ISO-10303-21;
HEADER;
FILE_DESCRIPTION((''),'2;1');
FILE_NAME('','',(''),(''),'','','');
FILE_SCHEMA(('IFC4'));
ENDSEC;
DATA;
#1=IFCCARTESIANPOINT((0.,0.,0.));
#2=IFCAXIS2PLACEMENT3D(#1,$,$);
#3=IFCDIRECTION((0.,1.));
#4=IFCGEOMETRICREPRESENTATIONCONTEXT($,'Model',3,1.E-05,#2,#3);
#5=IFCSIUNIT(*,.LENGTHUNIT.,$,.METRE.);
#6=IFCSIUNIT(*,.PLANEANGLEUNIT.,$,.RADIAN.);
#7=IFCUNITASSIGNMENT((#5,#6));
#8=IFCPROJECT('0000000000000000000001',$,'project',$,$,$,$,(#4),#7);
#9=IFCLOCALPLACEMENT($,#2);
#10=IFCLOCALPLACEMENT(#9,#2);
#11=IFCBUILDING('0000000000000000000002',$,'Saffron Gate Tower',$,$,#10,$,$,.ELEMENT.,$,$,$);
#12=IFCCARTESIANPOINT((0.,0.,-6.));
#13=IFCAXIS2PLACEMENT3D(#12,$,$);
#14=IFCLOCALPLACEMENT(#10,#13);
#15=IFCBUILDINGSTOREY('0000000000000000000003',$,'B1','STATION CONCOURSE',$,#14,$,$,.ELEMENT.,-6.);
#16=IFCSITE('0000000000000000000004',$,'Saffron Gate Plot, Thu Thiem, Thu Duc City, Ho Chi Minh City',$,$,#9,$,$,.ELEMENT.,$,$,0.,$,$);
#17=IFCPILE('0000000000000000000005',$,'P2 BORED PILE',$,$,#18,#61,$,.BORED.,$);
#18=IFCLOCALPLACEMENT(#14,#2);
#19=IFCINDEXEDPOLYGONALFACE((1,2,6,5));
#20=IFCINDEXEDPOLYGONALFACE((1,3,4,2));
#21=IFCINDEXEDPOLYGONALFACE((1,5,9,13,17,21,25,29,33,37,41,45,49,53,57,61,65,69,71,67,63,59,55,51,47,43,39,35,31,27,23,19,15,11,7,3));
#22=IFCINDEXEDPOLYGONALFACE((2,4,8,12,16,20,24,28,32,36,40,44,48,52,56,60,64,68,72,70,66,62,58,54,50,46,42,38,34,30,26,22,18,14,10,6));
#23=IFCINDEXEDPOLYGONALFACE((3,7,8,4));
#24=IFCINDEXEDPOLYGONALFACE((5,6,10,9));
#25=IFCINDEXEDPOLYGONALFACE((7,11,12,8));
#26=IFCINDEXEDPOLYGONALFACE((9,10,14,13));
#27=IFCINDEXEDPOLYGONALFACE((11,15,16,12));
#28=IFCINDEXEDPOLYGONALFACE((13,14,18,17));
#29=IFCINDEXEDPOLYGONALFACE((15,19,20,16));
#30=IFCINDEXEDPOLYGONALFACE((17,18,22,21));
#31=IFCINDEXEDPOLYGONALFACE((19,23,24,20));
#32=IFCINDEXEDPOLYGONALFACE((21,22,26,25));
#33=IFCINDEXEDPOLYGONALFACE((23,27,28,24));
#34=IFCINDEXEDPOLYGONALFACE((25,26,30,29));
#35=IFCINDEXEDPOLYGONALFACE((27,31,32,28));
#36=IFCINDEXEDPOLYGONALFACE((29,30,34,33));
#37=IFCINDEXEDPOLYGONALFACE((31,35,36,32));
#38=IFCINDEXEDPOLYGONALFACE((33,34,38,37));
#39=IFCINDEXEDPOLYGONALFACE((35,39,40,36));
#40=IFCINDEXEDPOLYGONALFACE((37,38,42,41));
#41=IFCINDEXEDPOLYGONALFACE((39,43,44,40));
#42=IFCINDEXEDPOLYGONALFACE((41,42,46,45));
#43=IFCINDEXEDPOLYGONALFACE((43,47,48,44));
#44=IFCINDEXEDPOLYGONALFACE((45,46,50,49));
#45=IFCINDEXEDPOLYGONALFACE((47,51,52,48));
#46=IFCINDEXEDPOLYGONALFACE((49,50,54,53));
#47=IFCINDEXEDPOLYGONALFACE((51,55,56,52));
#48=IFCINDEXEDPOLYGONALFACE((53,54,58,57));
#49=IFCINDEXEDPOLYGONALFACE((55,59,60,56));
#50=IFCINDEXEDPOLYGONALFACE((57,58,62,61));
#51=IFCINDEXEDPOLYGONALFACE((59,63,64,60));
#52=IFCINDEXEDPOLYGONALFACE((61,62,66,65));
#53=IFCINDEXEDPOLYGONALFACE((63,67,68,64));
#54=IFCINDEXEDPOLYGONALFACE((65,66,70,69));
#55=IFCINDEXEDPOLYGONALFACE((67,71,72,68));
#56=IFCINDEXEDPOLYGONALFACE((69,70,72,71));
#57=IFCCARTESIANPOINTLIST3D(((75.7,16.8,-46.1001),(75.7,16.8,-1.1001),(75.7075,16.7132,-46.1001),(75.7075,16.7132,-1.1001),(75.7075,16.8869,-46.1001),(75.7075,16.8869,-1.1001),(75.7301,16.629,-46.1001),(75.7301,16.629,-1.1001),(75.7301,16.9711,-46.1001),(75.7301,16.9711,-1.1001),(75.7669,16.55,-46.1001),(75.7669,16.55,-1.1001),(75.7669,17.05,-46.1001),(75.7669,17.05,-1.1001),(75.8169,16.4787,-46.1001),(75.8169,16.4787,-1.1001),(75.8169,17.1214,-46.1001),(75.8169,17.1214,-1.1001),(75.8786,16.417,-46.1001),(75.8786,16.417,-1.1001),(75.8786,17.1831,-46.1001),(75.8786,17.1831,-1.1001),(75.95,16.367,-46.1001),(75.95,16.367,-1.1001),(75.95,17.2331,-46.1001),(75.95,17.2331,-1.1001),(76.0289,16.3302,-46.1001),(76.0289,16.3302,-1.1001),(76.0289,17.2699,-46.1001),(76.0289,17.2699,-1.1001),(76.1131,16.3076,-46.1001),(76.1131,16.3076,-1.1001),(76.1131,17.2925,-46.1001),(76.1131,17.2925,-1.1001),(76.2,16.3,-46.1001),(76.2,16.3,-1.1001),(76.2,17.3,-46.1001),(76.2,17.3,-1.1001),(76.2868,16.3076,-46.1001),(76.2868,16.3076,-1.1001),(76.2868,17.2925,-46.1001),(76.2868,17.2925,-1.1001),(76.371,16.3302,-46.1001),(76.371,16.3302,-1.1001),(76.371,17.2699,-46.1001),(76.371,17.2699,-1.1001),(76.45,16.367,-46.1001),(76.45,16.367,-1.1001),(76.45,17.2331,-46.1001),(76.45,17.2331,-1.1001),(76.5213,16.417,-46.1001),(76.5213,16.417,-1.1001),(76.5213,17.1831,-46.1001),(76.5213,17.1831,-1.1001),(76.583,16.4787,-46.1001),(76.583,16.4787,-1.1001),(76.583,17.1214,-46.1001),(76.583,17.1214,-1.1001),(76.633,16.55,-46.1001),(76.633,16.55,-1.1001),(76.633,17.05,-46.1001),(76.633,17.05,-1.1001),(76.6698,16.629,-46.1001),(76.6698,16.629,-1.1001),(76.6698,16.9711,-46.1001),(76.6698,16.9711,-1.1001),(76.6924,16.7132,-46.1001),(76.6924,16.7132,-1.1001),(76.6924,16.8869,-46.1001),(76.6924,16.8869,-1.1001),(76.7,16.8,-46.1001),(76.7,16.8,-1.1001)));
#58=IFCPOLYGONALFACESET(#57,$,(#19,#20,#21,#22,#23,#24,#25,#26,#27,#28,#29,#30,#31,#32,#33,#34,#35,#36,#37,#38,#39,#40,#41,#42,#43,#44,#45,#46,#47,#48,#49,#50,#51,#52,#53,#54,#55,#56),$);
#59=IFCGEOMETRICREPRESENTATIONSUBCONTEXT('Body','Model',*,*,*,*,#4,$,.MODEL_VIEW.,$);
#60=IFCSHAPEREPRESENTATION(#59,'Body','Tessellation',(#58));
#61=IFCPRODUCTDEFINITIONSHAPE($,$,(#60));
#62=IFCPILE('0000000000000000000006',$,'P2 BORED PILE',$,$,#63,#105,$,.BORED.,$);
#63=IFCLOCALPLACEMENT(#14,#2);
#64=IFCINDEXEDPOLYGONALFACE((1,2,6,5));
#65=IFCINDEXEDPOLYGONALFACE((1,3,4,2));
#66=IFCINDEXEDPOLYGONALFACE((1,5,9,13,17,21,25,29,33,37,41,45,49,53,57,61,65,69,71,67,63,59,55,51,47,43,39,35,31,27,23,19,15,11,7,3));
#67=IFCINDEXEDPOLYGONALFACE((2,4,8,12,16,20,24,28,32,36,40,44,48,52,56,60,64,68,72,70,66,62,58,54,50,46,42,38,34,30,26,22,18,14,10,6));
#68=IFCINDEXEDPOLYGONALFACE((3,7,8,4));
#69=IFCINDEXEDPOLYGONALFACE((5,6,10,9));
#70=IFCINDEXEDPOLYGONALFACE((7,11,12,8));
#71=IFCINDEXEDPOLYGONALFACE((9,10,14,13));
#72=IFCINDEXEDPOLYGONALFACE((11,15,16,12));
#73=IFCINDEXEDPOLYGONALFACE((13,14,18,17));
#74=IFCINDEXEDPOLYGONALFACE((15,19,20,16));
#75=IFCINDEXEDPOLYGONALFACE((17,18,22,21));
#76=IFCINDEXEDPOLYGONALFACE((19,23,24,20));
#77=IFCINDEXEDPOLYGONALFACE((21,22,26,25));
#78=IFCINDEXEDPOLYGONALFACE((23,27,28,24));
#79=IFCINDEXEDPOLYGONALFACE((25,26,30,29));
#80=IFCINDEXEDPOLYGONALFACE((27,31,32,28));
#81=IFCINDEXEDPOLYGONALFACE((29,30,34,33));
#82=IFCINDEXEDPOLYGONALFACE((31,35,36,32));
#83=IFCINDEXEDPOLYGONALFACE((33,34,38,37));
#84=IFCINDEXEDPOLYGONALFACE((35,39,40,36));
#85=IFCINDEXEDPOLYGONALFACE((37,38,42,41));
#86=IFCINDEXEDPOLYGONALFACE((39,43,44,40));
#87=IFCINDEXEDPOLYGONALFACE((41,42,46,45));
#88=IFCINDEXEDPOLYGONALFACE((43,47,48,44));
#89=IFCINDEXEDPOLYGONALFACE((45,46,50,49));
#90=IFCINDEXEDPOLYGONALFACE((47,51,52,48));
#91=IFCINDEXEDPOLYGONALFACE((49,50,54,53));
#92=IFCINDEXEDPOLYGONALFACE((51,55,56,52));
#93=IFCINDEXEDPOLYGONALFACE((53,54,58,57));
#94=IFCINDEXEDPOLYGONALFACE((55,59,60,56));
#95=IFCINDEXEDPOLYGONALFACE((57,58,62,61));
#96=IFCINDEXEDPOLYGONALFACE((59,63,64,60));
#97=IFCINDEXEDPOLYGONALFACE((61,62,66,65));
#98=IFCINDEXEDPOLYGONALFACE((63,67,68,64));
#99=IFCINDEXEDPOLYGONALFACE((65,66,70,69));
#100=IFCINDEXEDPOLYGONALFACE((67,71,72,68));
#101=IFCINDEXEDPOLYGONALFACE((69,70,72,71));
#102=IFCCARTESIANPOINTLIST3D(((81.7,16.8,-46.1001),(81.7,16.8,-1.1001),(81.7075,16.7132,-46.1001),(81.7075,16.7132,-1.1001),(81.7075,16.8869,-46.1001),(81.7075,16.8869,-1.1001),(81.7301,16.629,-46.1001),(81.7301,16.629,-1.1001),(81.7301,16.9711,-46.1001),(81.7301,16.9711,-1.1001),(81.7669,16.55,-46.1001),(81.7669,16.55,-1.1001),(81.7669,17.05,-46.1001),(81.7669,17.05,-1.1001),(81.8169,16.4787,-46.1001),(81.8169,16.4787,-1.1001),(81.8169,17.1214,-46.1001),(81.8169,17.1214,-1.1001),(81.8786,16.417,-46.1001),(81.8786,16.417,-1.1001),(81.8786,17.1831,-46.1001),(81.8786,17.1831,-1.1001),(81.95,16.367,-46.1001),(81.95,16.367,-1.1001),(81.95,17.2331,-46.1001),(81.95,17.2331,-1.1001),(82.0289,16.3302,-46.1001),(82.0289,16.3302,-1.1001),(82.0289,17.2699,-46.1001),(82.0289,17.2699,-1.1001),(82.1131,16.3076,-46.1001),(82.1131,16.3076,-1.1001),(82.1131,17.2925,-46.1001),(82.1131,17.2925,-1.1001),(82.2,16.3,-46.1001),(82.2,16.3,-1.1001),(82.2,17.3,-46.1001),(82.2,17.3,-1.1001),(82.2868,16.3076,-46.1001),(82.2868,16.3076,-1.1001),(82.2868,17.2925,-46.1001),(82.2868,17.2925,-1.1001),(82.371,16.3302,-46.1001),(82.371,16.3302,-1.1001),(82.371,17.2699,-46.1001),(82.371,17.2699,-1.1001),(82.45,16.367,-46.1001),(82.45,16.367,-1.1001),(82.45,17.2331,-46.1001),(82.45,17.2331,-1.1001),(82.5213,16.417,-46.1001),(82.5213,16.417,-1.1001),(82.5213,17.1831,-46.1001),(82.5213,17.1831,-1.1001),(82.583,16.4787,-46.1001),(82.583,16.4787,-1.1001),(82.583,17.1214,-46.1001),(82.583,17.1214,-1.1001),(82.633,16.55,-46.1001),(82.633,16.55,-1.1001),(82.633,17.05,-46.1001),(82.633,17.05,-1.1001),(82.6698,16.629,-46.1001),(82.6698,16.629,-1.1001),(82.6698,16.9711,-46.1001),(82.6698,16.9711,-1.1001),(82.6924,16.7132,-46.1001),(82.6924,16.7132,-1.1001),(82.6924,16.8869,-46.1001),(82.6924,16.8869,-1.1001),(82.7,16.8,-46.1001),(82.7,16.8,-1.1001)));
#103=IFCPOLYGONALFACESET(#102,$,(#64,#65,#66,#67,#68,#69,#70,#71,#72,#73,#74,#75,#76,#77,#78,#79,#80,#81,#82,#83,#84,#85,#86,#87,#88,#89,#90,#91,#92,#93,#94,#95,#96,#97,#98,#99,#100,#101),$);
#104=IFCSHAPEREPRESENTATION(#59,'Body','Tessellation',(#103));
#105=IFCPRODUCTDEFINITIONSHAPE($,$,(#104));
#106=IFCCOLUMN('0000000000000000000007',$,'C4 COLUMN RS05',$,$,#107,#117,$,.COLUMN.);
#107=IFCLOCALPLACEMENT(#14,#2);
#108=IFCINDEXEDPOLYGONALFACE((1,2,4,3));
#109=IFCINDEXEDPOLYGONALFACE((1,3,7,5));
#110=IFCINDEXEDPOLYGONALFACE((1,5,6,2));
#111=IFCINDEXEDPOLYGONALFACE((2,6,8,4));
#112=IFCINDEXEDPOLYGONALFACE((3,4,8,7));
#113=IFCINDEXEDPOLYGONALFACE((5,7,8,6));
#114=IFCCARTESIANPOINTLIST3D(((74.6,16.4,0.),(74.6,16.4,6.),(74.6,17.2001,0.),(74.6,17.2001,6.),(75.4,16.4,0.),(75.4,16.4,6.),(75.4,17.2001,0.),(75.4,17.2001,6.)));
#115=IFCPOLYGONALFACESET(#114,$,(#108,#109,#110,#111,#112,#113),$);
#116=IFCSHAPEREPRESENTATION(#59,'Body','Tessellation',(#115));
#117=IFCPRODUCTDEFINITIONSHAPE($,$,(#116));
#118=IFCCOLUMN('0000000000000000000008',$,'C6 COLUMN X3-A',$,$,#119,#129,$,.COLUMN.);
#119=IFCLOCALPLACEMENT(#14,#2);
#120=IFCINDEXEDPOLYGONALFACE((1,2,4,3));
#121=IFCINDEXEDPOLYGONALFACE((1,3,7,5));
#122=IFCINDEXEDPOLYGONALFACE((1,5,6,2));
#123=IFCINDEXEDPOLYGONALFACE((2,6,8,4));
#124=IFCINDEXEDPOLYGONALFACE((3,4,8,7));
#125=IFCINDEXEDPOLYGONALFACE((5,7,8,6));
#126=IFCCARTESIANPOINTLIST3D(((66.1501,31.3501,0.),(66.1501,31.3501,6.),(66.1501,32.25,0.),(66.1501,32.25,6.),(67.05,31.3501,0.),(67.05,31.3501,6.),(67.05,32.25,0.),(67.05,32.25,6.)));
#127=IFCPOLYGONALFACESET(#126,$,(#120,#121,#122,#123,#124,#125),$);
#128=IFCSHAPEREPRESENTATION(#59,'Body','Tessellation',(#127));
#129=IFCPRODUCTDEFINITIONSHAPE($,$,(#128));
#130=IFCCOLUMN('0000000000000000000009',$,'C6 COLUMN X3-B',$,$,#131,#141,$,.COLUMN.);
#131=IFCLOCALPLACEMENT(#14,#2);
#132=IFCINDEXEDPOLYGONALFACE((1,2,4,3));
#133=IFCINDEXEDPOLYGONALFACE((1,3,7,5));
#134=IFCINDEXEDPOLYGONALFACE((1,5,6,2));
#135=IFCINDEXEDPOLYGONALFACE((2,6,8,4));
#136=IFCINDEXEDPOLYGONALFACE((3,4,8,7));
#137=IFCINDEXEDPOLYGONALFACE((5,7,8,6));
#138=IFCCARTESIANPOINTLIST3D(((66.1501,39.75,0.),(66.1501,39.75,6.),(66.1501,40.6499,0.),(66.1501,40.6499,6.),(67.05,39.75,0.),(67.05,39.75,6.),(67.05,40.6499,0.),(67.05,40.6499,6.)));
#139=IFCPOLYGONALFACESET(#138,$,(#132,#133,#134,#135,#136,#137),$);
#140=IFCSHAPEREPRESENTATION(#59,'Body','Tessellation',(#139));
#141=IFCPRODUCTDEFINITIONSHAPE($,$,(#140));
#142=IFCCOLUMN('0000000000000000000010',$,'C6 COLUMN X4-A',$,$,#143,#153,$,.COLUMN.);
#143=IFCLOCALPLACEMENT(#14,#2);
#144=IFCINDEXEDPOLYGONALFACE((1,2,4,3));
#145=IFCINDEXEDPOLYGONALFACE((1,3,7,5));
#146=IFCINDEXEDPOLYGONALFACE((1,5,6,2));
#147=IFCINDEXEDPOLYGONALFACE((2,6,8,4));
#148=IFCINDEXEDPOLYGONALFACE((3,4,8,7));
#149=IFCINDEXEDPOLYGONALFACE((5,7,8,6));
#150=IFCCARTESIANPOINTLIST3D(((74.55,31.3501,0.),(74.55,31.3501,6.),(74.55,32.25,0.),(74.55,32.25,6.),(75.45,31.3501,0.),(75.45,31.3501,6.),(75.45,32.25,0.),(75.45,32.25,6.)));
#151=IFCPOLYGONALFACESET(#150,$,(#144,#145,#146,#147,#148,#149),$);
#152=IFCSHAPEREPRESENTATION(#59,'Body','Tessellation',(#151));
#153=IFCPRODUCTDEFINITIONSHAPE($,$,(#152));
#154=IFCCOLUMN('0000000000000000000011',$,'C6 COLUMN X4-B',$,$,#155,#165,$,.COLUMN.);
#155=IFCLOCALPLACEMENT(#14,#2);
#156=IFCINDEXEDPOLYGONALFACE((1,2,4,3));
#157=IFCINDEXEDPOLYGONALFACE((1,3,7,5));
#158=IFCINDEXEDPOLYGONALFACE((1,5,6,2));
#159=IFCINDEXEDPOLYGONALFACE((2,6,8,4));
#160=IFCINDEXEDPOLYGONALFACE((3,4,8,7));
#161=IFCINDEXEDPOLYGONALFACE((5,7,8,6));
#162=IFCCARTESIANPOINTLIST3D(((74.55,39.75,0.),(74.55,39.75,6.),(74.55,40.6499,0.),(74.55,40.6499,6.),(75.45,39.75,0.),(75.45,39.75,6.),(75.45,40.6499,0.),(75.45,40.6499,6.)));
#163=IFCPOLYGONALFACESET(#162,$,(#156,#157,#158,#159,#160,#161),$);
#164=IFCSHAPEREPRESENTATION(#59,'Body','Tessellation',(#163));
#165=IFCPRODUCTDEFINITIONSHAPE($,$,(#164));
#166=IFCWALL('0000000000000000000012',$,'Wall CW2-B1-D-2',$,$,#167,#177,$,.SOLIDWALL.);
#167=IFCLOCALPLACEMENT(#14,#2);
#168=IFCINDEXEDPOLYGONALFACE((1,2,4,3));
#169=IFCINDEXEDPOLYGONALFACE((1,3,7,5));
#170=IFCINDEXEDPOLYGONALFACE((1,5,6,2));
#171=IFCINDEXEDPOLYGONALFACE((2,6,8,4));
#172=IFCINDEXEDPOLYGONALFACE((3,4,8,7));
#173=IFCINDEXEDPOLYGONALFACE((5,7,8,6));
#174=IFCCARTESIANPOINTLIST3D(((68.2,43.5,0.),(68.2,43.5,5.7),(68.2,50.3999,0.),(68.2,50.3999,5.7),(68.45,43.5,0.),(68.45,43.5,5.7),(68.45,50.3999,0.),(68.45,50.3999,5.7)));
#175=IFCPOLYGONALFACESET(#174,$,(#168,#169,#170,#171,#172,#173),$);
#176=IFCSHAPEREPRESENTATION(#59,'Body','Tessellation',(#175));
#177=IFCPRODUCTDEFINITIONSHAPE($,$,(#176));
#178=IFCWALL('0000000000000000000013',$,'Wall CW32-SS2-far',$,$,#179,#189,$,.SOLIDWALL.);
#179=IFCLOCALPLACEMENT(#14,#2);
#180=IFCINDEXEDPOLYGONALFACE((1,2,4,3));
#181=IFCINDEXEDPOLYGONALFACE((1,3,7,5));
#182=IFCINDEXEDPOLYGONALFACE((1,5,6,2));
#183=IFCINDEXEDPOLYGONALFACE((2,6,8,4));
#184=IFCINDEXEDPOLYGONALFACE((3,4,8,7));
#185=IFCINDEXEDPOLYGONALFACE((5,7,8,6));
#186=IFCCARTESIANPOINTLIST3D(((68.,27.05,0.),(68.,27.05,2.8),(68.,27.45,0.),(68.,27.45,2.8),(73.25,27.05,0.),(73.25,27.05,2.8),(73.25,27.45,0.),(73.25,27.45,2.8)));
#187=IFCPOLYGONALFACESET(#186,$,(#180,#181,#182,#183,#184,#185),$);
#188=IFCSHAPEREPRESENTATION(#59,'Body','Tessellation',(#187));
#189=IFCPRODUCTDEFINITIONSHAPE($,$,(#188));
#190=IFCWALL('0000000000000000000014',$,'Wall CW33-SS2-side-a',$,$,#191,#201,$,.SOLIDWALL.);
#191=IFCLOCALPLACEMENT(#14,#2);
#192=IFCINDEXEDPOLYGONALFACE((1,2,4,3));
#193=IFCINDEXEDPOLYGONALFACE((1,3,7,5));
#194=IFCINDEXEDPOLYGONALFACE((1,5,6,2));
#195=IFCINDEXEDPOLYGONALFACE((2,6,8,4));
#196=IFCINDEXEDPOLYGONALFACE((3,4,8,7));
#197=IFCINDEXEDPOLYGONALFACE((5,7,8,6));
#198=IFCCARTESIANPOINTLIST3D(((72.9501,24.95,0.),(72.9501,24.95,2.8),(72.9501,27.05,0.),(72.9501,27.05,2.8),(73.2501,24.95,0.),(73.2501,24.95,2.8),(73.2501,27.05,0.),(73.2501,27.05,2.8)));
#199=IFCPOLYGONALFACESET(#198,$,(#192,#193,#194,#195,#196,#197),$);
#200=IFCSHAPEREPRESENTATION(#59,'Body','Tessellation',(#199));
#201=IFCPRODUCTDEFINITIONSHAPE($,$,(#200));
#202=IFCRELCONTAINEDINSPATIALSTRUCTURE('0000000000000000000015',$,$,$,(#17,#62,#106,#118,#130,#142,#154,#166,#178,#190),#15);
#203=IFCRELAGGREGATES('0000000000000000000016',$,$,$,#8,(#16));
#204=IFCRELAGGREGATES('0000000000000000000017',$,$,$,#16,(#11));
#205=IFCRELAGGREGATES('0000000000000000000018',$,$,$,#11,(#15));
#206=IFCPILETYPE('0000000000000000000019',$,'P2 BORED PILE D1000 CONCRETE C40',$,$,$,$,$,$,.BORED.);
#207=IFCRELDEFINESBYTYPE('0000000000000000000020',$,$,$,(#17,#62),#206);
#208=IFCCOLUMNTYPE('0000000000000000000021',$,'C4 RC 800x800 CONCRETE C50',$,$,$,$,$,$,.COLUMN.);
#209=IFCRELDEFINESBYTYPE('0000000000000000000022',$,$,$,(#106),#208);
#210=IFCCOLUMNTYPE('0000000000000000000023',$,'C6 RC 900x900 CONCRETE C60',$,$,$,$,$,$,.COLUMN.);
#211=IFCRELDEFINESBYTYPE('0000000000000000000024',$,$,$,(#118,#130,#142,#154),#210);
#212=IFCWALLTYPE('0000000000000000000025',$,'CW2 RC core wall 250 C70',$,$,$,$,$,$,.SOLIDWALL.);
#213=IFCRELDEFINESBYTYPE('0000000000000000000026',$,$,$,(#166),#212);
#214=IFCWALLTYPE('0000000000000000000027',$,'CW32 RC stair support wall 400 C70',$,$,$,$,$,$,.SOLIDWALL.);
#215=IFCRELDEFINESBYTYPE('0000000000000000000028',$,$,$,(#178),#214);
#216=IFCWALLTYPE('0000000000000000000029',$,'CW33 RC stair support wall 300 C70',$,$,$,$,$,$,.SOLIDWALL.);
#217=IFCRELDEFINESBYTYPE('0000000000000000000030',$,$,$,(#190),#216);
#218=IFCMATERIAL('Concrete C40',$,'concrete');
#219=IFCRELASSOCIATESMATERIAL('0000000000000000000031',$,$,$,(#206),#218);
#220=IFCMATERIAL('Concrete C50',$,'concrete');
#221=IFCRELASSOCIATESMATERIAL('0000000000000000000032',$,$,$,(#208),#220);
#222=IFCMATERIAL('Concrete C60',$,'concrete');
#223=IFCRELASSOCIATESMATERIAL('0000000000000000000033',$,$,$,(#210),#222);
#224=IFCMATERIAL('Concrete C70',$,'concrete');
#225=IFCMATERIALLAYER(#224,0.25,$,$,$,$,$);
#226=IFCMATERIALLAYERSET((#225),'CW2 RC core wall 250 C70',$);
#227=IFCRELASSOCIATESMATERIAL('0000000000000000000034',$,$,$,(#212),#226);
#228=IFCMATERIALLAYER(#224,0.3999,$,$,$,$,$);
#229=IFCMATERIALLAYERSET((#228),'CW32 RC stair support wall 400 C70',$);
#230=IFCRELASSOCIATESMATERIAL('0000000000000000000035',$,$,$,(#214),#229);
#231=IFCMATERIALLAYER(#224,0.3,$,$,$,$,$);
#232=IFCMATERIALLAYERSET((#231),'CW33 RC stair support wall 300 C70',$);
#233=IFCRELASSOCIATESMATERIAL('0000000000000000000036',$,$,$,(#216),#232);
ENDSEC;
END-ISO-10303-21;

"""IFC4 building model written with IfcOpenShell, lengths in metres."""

from ifc_helpers import new_model, si_unit, direction, frame, frame_2d, origin, origin_2d, place, context, subcontext, project, spatial, rectangle, circle, extrude, material, layer, layer_set, material_profile, profile_set, type_object, element, save


model = new_model("IFC4")

# Units and contexts
model_context = context("Model", 3, precision=1e-05, world=origin(), true_north=direction((0.0, 1.0)))
body_context = subcontext(model_context, "Body", "Model", "MODEL_VIEW")
ifc_project = project(units=[si_unit("LENGTHUNIT", "METRE"), si_unit("PLANEANGLEUNIT", "RADIAN")], contexts=[model_context])

# Site, building, storey
site_placement = place(None, origin())
site = spatial("IfcSite", under=ifc_project, at=site_placement, Name="Saffron Gate Plot, Thu Thiem, Thu Duc City, Ho Chi Minh City", CompositionType="ELEMENT", RefElevation=0.0)
building_placement = place(site_placement, origin())
building = spatial("IfcBuilding", under=site, at=building_placement, Name="Saffron Gate Tower", CompositionType="ELEMENT")
storey_placement = place(building_placement, frame((0.0, 0.0, -6.0)))
storey = spatial("IfcBuildingStorey", under=building, at=storey_placement, Name="B1", Description="STATION CONCOURSE", CompositionType="ELEMENT", Elevation=-6.0)

# Piles
ifc_material_1 = material(Name="Concrete C40", Category="concrete")
ifc_material_profile_1 = material_profile(ifc_material_1, circle(Radius=0.5, at=origin_2d()))
ifc_profile_set_1 = profile_set([ifc_material_profile_1], Name="Concrete C40")
pile_type_1 = type_object("IfcPileType", Name="P2 BORED PILE D1000 CONCRETE C40", PredefinedType="BORED", material=ifc_profile_set_1)
for number, where, z_axis, x_axis, name in (
    (1, (76.2, 16.8, -1.1001), (0.0, 0.0, -1.0), (1.0, 0.0, 0.0), "P2 BORED PILE"),
    (2, (82.2, 16.8, -1.1001), (0.0, 0.0, -1.0), (1.0, 0.0, 0.0), "P2 BORED PILE"),
):
    element("IfcPile", number, at=place(storey_placement, frame(where, z_axis=z_axis, x_axis=x_axis)), inside=storey, type_object=pile_type_1, Name=name, PredefinedType="BORED", context=body_context, shape_type="SweptSolid", body=[
        extrude(circle(Radius=0.5, at=origin_2d()), origin(), (0.0, 0.0, 1.0), 45.0),
    ])

# Columns
ifc_material_2 = material(Name="Concrete C50", Category="concrete")
ifc_material_profile_2 = material_profile(ifc_material_2, rectangle(XDim=0.8, YDim=0.8, at=origin_2d()))
ifc_profile_set_2 = profile_set([ifc_material_profile_2], Name="Concrete C50")
column_type_1 = type_object("IfcColumnType", Name="C4 RC 800x800 CONCRETE C50", PredefinedType="COLUMN", material=ifc_profile_set_2)
column_placement = place(storey_placement, frame((75.0, 16.8, 0.0), z_axis=(0.0, 0.0, 1.0), x_axis=(1.0, 0.0, 0.0)))
element("IfcColumn", 3, at=column_placement, inside=storey, type_object=column_type_1, Name="C4 COLUMN RS05", PredefinedType="COLUMN", context=body_context, shape_type="SweptSolid", body=[
    extrude(rectangle(XDim=0.8, YDim=0.8, at=origin_2d()), origin(), (0.0, 0.0, 1.0), 6.0),
])
ifc_material_3 = material(Name="Concrete C60", Category="concrete")
ifc_material_profile_3 = material_profile(ifc_material_3, rectangle(XDim=0.8999, YDim=0.8999, at=origin_2d()))
ifc_profile_set_3 = profile_set([ifc_material_profile_3], Name="Concrete C60")
column_type_2 = type_object("IfcColumnType", Name="C6 RC 900x900 CONCRETE C60", PredefinedType="COLUMN", material=ifc_profile_set_3)
for number, where, z_axis, x_axis, name in (
    (4, (66.6001, 31.8, 0.0), (0.0, 0.0, 1.0), (1.0, 0.0, 0.0), "C6 COLUMN X3-A"),
    (5, (66.6001, 40.2, 0.0), (0.0, 0.0, 1.0), (1.0, 0.0, 0.0), "C6 COLUMN X3-B"),
    (6, (75.0, 31.8, 0.0), (0.0, 0.0, 1.0), (1.0, 0.0, 0.0), "C6 COLUMN X4-A"),
    (7, (75.0, 40.2, 0.0), (0.0, 0.0, 1.0), (1.0, 0.0, 0.0), "C6 COLUMN X4-B"),
):
    element("IfcColumn", number, at=place(storey_placement, frame(where, z_axis=z_axis, x_axis=x_axis)), inside=storey, type_object=column_type_2, Name=name, PredefinedType="COLUMN", context=body_context, shape_type="SweptSolid", body=[
        extrude(rectangle(XDim=0.8999, YDim=0.8999, at=origin_2d()), origin(), (0.0, 0.0, 1.0), 6.0),
    ])

# Walls
ifc_material_4 = material(Name="Concrete C70", Category="concrete")
ifc_layer_1 = layer(ifc_material_4, 0.25)
ifc_layer_set_1 = layer_set([ifc_layer_1], Name="CW2 RC core wall 250 C70")
wall_type_1 = type_object("IfcWallType", Name="CW2 RC core wall 250 C70", PredefinedType="SOLIDWALL", material=ifc_layer_set_1)
wall_1_placement = place(storey_placement, frame((68.325, 43.5, 0.0), z_axis=(0.0, 0.0, 1.0), x_axis=(0.0, 1.0, 0.0)))
element("IfcWall", 8, at=wall_1_placement, inside=storey, type_object=wall_type_1, Name="Wall CW2-B1-D-2", PredefinedType="SOLIDWALL", context=body_context, shape_type="SweptSolid", body=[
    extrude(rectangle(XDim=6.8999, YDim=0.25, at=frame_2d((3.45, 0.0))), origin(), (0.0, 0.0, 1.0), 5.7),
])
ifc_layer_2 = layer(ifc_material_4, 0.3999)
ifc_layer_set_2 = layer_set([ifc_layer_2], Name="CW32 RC stair support wall 400 C70")
wall_type_2 = type_object("IfcWallType", Name="CW32 RC stair support wall 400 C70", PredefinedType="SOLIDWALL", material=ifc_layer_set_2)
wall_2_placement = place(storey_placement, frame((73.25, 27.25, 0.0), z_axis=(0.0, 0.0, 1.0), x_axis=(-1.0, 0.0, 0.0)))
element("IfcWall", 9, at=wall_2_placement, inside=storey, type_object=wall_type_2, Name="Wall CW32-SS2-far", PredefinedType="SOLIDWALL", context=body_context, shape_type="SweptSolid", body=[
    extrude(rectangle(XDim=5.25, YDim=0.3999, at=frame_2d((2.625, 0.0))), origin(), (0.0, 0.0, 1.0), 2.8),
])
ifc_layer_3 = layer(ifc_material_4, 0.3)
ifc_layer_set_3 = layer_set([ifc_layer_3], Name="CW33 RC stair support wall 300 C70")
wall_type_3 = type_object("IfcWallType", Name="CW33 RC stair support wall 300 C70", PredefinedType="SOLIDWALL", material=ifc_layer_set_3)
for number, where, z_axis, x_axis, name in (
    (10, (73.1001, 24.95, 0.0), (0.0, 0.0, 1.0), (0.0, 1.0, 0.0), "Wall CW33-SS2-side-a"),
):
    element("IfcWall", number, at=place(storey_placement, frame(where, z_axis=z_axis, x_axis=x_axis)), inside=storey, type_object=wall_type_3, Name=name, PredefinedType="SOLIDWALL", context=body_context, shape_type="SweptSolid", body=[
        extrude(rectangle(XDim=2.1001, YDim=0.3, at=frame_2d((1.05, 0.0))), origin(), (0.0, 0.0, 1.0), 2.8),
    ])

save(model, "model.ifc")
